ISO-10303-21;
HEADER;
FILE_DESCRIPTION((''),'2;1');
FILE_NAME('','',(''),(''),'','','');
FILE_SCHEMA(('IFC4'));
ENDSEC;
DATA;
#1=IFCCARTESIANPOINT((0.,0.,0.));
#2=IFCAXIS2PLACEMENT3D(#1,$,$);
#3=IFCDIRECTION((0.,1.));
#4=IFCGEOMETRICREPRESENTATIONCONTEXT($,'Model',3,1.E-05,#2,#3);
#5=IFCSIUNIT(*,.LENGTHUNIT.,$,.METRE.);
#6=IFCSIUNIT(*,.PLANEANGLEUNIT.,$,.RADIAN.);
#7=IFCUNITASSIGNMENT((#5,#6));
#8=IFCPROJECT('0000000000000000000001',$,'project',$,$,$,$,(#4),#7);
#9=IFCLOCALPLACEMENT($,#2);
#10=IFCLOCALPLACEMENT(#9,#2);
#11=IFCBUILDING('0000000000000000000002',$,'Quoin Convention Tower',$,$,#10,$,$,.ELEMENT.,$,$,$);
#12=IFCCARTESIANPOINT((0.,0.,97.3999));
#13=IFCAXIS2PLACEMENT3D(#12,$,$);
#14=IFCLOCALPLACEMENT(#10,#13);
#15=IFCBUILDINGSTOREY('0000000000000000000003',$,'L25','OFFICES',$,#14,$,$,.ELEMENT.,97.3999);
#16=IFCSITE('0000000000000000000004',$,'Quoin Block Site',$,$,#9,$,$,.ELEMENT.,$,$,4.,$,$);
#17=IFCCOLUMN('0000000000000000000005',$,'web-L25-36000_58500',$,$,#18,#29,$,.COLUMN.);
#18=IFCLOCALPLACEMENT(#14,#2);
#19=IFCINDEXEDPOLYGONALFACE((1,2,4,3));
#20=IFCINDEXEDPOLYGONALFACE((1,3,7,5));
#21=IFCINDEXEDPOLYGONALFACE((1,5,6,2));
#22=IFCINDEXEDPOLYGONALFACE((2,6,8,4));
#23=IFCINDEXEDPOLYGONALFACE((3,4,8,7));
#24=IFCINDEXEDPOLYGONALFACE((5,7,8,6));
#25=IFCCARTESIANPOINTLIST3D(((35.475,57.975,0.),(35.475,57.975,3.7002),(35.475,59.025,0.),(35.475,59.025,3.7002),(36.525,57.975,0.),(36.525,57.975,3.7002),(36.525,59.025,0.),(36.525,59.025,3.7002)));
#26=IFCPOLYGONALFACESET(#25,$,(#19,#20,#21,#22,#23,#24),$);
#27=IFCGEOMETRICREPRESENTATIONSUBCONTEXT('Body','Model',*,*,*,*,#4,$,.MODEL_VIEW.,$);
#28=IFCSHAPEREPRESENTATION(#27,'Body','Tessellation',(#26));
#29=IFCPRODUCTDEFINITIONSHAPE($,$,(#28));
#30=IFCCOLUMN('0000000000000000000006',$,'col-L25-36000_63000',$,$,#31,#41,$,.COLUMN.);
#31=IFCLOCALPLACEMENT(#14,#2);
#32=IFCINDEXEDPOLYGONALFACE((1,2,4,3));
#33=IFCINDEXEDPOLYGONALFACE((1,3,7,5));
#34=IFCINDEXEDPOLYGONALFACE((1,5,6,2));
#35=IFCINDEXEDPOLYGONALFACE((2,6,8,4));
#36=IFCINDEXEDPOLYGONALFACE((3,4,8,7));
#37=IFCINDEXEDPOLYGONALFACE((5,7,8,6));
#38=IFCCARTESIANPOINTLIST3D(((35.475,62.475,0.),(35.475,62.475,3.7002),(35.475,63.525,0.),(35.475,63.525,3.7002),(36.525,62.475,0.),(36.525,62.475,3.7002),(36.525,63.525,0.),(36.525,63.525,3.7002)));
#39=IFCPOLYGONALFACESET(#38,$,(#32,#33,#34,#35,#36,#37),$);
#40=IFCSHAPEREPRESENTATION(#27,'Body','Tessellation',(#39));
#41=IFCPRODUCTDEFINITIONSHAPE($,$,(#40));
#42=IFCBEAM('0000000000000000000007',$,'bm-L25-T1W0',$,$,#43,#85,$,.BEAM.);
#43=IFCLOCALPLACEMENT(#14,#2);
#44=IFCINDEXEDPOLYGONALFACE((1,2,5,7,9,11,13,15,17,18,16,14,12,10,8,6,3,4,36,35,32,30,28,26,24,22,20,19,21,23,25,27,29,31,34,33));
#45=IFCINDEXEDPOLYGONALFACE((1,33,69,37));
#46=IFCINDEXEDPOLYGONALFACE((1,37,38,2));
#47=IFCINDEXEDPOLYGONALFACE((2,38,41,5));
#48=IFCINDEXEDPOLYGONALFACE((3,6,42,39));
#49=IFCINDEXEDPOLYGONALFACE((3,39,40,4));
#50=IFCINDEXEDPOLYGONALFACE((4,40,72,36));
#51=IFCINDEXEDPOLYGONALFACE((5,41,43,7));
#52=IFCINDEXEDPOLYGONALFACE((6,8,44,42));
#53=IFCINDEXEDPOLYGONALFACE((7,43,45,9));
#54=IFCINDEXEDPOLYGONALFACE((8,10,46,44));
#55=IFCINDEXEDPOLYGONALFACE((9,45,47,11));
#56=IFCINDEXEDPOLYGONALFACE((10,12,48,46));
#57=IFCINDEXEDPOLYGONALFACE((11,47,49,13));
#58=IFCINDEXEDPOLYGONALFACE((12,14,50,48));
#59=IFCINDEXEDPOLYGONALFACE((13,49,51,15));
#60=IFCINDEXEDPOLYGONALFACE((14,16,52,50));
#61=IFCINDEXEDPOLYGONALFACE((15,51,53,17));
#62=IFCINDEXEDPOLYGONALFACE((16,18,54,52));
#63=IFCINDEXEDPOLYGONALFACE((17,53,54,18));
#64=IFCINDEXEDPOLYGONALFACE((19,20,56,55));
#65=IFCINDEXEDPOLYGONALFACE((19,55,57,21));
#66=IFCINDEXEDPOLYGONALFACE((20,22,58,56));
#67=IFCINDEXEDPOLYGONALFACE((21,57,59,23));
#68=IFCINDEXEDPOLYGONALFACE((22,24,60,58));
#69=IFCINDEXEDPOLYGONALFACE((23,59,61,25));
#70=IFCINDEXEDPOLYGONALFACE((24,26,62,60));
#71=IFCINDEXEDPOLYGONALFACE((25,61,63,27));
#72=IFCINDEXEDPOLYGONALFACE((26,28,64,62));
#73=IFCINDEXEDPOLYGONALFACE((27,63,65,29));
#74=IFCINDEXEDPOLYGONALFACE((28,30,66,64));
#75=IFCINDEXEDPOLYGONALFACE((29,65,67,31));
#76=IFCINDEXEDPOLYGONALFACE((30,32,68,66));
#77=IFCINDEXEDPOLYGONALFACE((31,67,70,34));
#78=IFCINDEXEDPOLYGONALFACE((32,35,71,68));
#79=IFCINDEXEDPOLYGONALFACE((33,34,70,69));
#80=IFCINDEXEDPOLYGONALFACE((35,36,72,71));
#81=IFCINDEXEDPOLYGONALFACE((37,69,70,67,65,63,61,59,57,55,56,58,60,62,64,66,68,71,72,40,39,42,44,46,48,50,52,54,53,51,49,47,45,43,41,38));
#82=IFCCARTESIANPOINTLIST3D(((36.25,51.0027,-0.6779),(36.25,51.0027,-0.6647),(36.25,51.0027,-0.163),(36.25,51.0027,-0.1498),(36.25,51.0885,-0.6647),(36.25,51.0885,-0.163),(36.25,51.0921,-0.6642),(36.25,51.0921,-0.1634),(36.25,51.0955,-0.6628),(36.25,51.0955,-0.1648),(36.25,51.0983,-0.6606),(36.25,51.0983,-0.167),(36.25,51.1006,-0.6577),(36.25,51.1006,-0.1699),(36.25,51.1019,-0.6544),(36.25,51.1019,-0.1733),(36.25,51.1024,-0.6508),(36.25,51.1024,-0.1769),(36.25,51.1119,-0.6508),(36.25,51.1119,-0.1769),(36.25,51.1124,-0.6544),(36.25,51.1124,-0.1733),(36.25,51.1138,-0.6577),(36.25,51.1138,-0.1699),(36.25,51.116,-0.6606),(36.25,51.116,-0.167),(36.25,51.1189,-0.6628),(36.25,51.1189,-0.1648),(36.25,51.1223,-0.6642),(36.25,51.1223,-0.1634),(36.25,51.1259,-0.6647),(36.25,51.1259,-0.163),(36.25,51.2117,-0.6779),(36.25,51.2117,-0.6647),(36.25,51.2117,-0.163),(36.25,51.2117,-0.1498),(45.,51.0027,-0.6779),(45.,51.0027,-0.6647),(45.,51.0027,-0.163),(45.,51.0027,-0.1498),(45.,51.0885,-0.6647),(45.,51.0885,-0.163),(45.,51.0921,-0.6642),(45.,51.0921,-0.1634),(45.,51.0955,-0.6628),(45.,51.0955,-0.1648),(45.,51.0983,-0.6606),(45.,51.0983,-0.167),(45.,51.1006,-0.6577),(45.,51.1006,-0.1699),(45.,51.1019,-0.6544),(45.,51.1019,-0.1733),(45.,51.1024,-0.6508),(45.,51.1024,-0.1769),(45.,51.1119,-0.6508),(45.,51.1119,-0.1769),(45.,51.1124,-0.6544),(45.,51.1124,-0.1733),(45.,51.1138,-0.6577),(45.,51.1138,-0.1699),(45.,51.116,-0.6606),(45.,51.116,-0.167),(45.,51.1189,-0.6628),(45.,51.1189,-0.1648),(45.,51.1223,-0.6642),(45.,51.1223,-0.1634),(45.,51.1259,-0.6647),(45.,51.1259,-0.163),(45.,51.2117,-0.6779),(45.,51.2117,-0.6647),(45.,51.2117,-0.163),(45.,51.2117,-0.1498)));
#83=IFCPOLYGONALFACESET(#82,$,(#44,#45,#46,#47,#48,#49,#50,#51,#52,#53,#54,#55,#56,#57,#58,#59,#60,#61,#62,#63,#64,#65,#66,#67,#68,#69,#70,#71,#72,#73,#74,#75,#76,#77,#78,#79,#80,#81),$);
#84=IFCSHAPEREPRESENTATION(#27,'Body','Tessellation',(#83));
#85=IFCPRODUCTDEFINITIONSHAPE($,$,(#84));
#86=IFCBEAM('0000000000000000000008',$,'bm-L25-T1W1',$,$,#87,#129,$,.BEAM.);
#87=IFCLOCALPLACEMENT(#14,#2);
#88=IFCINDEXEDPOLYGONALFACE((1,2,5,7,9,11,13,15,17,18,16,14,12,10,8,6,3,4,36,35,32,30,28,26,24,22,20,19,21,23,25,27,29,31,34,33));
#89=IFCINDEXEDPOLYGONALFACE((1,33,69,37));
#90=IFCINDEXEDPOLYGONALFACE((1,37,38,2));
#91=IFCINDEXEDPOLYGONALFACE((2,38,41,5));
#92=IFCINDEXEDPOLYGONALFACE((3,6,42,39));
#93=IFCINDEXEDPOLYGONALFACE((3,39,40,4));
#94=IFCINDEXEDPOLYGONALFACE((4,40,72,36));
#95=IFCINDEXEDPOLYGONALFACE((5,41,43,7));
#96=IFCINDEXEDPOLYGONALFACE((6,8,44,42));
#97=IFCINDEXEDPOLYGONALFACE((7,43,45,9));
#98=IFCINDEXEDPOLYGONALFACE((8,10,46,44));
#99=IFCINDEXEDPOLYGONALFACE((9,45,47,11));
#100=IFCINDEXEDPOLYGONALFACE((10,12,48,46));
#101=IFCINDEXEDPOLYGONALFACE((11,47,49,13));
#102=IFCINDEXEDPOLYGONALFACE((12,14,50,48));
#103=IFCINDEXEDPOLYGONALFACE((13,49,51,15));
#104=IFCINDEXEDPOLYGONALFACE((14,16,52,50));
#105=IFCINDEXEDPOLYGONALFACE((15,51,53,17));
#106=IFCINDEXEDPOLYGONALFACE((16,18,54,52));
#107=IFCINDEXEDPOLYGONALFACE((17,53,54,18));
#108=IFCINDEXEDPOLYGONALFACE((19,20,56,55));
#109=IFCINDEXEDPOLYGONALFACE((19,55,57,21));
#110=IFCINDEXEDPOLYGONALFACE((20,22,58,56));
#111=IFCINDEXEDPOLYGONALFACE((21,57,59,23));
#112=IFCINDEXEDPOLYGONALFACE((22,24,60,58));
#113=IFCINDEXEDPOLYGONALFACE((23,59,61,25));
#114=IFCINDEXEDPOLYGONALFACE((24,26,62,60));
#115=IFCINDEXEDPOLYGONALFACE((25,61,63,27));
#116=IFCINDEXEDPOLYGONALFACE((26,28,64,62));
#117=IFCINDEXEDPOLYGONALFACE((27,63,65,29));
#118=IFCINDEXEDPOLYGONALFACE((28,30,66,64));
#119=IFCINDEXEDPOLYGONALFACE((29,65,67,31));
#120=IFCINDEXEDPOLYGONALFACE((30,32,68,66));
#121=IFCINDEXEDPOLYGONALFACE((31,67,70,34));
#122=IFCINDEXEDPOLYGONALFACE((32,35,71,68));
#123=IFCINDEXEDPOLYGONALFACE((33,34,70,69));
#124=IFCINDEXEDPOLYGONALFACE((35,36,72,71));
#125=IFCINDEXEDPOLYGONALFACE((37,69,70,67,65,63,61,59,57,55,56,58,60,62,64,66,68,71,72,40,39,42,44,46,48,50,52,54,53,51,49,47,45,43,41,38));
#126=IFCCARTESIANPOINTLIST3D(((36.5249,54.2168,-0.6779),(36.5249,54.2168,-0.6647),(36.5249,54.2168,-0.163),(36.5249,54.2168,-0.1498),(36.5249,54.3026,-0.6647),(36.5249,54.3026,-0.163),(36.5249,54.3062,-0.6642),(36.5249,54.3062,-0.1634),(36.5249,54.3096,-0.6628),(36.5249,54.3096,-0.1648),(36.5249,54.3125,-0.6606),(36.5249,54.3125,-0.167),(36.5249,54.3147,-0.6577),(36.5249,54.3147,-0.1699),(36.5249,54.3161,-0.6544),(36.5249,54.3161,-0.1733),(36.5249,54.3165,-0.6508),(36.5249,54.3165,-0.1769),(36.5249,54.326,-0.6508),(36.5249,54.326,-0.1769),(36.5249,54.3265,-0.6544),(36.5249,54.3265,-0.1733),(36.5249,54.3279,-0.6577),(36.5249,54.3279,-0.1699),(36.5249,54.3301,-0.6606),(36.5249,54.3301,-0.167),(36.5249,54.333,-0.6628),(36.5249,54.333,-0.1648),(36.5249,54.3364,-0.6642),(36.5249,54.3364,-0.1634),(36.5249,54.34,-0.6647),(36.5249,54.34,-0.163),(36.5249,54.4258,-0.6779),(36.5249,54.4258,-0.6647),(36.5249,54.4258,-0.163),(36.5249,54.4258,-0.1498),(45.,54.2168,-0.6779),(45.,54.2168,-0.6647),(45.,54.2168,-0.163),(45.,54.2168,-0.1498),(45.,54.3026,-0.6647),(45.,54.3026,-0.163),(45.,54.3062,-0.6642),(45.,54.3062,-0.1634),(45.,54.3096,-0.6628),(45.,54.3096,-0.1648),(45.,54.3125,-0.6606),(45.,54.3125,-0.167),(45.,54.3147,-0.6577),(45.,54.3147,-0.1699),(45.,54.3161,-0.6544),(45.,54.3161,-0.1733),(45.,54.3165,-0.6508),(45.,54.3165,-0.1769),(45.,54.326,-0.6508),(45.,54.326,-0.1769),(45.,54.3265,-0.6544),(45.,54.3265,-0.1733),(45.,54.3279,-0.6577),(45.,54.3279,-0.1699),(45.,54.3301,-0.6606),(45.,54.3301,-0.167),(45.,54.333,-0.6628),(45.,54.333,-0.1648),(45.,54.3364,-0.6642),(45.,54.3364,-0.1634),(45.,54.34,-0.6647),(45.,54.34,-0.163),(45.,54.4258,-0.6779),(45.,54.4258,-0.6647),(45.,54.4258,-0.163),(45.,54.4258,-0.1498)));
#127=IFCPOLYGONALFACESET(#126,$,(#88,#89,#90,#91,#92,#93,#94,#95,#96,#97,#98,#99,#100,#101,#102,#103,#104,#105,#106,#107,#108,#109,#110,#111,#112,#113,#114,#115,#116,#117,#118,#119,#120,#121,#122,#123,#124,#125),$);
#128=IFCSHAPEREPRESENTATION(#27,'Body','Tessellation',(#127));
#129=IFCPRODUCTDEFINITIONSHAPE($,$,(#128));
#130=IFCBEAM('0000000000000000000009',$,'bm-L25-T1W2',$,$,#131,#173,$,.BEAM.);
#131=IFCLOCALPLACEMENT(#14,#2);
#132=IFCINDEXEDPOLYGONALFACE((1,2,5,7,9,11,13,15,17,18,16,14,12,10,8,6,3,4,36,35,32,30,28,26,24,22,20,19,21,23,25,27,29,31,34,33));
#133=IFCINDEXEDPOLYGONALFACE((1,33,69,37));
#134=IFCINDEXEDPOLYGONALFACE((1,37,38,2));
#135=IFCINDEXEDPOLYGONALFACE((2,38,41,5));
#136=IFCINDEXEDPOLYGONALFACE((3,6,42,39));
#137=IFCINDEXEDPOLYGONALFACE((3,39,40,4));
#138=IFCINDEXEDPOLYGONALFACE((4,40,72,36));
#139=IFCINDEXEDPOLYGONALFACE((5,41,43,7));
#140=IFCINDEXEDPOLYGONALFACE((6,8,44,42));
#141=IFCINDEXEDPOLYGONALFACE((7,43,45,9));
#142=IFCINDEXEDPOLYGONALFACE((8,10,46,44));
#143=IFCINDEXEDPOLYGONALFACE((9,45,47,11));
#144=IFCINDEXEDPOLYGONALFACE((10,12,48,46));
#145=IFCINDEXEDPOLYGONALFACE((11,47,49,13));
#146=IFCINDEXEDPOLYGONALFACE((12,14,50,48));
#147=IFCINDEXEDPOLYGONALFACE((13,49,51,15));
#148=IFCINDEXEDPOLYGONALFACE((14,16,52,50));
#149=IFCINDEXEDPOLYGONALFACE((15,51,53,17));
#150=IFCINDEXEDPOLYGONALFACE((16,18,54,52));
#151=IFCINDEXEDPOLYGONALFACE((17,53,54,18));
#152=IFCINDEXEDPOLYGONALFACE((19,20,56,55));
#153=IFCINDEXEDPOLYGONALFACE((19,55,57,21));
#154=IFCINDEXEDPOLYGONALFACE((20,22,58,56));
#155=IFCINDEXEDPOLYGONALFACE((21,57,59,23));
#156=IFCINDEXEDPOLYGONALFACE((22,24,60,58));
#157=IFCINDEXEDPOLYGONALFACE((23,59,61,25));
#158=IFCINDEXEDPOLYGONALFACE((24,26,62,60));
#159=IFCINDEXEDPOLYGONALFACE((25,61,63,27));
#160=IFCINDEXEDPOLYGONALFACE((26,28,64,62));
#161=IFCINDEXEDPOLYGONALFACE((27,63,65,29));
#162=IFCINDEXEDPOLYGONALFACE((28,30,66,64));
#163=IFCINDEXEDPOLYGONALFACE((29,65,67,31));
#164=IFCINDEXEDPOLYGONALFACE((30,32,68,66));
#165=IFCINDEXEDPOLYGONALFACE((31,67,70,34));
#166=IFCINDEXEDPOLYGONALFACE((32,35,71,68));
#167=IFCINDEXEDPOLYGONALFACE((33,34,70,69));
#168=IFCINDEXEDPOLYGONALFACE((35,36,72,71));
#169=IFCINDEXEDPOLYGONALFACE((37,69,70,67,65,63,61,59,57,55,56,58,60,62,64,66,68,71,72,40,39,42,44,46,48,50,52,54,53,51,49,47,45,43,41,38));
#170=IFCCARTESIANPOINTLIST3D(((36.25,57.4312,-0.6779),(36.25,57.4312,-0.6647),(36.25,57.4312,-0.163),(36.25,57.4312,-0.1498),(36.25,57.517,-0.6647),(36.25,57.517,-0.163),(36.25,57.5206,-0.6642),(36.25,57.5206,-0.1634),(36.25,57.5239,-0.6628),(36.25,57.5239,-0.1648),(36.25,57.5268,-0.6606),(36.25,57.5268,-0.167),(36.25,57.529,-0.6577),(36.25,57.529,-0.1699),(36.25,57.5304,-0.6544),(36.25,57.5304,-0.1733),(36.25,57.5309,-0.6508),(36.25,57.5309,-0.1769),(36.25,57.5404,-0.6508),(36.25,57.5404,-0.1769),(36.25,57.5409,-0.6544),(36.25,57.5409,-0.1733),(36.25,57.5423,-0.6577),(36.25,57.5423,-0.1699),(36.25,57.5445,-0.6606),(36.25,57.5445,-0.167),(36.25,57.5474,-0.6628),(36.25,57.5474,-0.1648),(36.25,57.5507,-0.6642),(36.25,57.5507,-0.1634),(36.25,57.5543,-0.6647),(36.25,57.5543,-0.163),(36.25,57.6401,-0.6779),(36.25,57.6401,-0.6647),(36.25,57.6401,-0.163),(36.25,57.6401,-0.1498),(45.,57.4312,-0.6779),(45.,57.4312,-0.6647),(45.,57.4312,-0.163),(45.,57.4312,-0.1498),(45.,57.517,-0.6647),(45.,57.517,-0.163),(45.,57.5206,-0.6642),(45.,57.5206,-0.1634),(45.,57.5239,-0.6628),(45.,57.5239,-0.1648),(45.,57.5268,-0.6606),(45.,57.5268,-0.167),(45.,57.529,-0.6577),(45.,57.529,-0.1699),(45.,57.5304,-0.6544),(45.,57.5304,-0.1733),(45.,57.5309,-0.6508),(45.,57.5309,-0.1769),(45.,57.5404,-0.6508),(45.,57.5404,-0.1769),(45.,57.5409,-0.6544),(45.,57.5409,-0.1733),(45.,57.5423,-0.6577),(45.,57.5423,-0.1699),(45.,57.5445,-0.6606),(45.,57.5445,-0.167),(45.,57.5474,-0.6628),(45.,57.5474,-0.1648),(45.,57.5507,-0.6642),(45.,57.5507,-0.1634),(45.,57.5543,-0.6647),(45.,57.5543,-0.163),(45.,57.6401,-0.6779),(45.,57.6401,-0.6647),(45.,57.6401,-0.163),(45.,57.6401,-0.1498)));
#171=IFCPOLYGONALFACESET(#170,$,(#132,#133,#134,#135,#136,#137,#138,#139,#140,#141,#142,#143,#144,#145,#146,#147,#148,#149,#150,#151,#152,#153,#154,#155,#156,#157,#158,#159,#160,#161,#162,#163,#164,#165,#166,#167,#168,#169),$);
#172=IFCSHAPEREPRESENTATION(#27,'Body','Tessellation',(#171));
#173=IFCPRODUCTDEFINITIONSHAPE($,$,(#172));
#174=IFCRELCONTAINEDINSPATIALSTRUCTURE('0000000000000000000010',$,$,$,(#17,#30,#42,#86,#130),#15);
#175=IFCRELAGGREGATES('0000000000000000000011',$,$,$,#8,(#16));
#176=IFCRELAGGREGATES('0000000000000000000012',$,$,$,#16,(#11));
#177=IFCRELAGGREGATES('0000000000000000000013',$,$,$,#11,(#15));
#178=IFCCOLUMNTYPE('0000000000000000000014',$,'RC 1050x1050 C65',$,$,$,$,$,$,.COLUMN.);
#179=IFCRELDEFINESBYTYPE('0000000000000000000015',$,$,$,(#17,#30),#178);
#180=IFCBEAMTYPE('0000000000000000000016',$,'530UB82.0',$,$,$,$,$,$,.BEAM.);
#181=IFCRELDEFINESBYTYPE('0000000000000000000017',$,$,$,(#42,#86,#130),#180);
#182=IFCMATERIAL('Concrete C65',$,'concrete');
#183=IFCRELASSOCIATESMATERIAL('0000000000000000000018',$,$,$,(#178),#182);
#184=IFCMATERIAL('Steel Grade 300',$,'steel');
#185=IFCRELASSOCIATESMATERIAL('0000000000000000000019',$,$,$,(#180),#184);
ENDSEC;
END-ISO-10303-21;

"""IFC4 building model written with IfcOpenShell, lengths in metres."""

from ifc_helpers import new_model, si_unit, direction, frame, origin, origin_2d, place, context, subcontext, project, spatial, rectangle, i_section, extrude, material, material_profile, profile_set, type_object, element, save


model = new_model("IFC4")

# Units and contexts
model_context = context("Model", 3, precision=1e-05, world=origin(), true_north=direction((0.0, 1.0)))
body_context = subcontext(model_context, "Body", "Model", "MODEL_VIEW")
ifc_project = project(units=[si_unit("LENGTHUNIT", "METRE"), si_unit("PLANEANGLEUNIT", "RADIAN")], contexts=[model_context])

# Site, building, storey
site_placement = place(None, origin())
site = spatial("IfcSite", under=ifc_project, at=site_placement, Name="Quoin Block Site", CompositionType="ELEMENT", RefElevation=4.0)
building_placement = place(site_placement, origin())
building = spatial("IfcBuilding", under=site, at=building_placement, Name="Quoin Convention Tower", CompositionType="ELEMENT")
storey_placement = place(building_placement, frame((0.0, 0.0, 97.3999)))
storey = spatial("IfcBuildingStorey", under=building, at=storey_placement, Name="L25", Description="OFFICES", CompositionType="ELEMENT", Elevation=97.3999)

# Columns
ifc_material_1 = material(Name="Concrete C65", Category="concrete")
ifc_material_profile_1 = material_profile(ifc_material_1, rectangle(XDim=1.05, YDim=1.05, at=origin_2d()), Name="RC 1050x1050")
ifc_profile_set_1 = profile_set([ifc_material_profile_1], Name="Concrete C65")
column_type = type_object("IfcColumnType", Name="RC 1050x1050 C65", PredefinedType="COLUMN", material=ifc_profile_set_1)
for number, where, z_axis, x_axis, name in (
    (1, (36.0, 58.5, 0.0), (0.0, 0.0, 1.0), (1.0, 0.0, 0.0), "web-L25-36000_58500"),
    (2, (36.0, 63.0, 0.0), (0.0, 0.0, 1.0), (1.0, 0.0, 0.0), "col-L25-36000_63000"),
):
    element("IfcColumn", number, at=place(storey_placement, frame(where, z_axis=z_axis, x_axis=x_axis)), inside=storey, type_object=column_type, Name=name, PredefinedType="COLUMN", context=body_context, shape_type="SweptSolid", body=[
        extrude(rectangle(XDim=1.05, YDim=1.05, at=origin_2d()), origin(), (0.0, 0.0, 1.0), 3.7002),
    ])

# Beams
ifc_material_2 = material(Name="Steel Grade 300", Category="steel")
ifc_material_profile_2 = material_profile(ifc_material_2, i_section(OverallWidth=0.209, OverallDepth=0.5281, WebThickness=0.0095, FlangeThickness=0.0132, FilletRadius=0.0139, at=origin_2d()), Name="530UB82.0")
ifc_profile_set_2 = profile_set([ifc_material_profile_2], Name="Steel Grade 300")
beam_type_1 = type_object("IfcBeamType", Name="530UB82.0", PredefinedType="BEAM", material=ifc_profile_set_2)
beam_1_placement = place(storey_placement, frame((36.25, 51.1072, -0.4138), z_axis=(1.0, 0.0, 0.0), x_axis=(0.0, 1.0, 0.0)))
element("IfcBeam", 3, at=beam_1_placement, inside=storey, type_object=beam_type_1, Name="bm-L25-T1W0", PredefinedType="BEAM", context=body_context, shape_type="SweptSolid", body=[
    extrude(i_section(OverallWidth=0.209, OverallDepth=0.5281, WebThickness=0.0095, FlangeThickness=0.0132, FilletRadius=0.0139, at=origin_2d()), origin(), (0.0, 0.0, 1.0), 8.75),
])
beam_2_placement = place(storey_placement, frame((36.5249, 54.3213, -0.4138), z_axis=(1.0, 0.0, 0.0), x_axis=(0.0, 1.0, 0.0)))
element("IfcBeam", 4, at=beam_2_placement, inside=storey, type_object=beam_type_1, Name="bm-L25-T1W1", PredefinedType="BEAM", context=body_context, shape_type="SweptSolid", body=[
    extrude(i_section(OverallWidth=0.209, OverallDepth=0.5281, WebThickness=0.0095, FlangeThickness=0.0132, FilletRadius=0.0139, at=origin_2d()), origin(), (0.0, 0.0, 1.0), 8.4751),
])
for number, where, z_axis, x_axis, name in (
    (5, (36.25, 57.5356, -0.4138), (1.0, 0.0, 0.0), (0.0, 1.0, 0.0), "bm-L25-T1W2"),
):
    element("IfcBeam", number, at=place(storey_placement, frame(where, z_axis=z_axis, x_axis=x_axis)), inside=storey, type_object=beam_type_1, Name=name, PredefinedType="BEAM", context=body_context, shape_type="SweptSolid", body=[
        extrude(i_section(OverallWidth=0.209, OverallDepth=0.5281, WebThickness=0.0095, FlangeThickness=0.0132, FilletRadius=0.0139, at=origin_2d()), origin(), (0.0, 0.0, 1.0), 8.75),
    ])

save(model, "model.ifc")
